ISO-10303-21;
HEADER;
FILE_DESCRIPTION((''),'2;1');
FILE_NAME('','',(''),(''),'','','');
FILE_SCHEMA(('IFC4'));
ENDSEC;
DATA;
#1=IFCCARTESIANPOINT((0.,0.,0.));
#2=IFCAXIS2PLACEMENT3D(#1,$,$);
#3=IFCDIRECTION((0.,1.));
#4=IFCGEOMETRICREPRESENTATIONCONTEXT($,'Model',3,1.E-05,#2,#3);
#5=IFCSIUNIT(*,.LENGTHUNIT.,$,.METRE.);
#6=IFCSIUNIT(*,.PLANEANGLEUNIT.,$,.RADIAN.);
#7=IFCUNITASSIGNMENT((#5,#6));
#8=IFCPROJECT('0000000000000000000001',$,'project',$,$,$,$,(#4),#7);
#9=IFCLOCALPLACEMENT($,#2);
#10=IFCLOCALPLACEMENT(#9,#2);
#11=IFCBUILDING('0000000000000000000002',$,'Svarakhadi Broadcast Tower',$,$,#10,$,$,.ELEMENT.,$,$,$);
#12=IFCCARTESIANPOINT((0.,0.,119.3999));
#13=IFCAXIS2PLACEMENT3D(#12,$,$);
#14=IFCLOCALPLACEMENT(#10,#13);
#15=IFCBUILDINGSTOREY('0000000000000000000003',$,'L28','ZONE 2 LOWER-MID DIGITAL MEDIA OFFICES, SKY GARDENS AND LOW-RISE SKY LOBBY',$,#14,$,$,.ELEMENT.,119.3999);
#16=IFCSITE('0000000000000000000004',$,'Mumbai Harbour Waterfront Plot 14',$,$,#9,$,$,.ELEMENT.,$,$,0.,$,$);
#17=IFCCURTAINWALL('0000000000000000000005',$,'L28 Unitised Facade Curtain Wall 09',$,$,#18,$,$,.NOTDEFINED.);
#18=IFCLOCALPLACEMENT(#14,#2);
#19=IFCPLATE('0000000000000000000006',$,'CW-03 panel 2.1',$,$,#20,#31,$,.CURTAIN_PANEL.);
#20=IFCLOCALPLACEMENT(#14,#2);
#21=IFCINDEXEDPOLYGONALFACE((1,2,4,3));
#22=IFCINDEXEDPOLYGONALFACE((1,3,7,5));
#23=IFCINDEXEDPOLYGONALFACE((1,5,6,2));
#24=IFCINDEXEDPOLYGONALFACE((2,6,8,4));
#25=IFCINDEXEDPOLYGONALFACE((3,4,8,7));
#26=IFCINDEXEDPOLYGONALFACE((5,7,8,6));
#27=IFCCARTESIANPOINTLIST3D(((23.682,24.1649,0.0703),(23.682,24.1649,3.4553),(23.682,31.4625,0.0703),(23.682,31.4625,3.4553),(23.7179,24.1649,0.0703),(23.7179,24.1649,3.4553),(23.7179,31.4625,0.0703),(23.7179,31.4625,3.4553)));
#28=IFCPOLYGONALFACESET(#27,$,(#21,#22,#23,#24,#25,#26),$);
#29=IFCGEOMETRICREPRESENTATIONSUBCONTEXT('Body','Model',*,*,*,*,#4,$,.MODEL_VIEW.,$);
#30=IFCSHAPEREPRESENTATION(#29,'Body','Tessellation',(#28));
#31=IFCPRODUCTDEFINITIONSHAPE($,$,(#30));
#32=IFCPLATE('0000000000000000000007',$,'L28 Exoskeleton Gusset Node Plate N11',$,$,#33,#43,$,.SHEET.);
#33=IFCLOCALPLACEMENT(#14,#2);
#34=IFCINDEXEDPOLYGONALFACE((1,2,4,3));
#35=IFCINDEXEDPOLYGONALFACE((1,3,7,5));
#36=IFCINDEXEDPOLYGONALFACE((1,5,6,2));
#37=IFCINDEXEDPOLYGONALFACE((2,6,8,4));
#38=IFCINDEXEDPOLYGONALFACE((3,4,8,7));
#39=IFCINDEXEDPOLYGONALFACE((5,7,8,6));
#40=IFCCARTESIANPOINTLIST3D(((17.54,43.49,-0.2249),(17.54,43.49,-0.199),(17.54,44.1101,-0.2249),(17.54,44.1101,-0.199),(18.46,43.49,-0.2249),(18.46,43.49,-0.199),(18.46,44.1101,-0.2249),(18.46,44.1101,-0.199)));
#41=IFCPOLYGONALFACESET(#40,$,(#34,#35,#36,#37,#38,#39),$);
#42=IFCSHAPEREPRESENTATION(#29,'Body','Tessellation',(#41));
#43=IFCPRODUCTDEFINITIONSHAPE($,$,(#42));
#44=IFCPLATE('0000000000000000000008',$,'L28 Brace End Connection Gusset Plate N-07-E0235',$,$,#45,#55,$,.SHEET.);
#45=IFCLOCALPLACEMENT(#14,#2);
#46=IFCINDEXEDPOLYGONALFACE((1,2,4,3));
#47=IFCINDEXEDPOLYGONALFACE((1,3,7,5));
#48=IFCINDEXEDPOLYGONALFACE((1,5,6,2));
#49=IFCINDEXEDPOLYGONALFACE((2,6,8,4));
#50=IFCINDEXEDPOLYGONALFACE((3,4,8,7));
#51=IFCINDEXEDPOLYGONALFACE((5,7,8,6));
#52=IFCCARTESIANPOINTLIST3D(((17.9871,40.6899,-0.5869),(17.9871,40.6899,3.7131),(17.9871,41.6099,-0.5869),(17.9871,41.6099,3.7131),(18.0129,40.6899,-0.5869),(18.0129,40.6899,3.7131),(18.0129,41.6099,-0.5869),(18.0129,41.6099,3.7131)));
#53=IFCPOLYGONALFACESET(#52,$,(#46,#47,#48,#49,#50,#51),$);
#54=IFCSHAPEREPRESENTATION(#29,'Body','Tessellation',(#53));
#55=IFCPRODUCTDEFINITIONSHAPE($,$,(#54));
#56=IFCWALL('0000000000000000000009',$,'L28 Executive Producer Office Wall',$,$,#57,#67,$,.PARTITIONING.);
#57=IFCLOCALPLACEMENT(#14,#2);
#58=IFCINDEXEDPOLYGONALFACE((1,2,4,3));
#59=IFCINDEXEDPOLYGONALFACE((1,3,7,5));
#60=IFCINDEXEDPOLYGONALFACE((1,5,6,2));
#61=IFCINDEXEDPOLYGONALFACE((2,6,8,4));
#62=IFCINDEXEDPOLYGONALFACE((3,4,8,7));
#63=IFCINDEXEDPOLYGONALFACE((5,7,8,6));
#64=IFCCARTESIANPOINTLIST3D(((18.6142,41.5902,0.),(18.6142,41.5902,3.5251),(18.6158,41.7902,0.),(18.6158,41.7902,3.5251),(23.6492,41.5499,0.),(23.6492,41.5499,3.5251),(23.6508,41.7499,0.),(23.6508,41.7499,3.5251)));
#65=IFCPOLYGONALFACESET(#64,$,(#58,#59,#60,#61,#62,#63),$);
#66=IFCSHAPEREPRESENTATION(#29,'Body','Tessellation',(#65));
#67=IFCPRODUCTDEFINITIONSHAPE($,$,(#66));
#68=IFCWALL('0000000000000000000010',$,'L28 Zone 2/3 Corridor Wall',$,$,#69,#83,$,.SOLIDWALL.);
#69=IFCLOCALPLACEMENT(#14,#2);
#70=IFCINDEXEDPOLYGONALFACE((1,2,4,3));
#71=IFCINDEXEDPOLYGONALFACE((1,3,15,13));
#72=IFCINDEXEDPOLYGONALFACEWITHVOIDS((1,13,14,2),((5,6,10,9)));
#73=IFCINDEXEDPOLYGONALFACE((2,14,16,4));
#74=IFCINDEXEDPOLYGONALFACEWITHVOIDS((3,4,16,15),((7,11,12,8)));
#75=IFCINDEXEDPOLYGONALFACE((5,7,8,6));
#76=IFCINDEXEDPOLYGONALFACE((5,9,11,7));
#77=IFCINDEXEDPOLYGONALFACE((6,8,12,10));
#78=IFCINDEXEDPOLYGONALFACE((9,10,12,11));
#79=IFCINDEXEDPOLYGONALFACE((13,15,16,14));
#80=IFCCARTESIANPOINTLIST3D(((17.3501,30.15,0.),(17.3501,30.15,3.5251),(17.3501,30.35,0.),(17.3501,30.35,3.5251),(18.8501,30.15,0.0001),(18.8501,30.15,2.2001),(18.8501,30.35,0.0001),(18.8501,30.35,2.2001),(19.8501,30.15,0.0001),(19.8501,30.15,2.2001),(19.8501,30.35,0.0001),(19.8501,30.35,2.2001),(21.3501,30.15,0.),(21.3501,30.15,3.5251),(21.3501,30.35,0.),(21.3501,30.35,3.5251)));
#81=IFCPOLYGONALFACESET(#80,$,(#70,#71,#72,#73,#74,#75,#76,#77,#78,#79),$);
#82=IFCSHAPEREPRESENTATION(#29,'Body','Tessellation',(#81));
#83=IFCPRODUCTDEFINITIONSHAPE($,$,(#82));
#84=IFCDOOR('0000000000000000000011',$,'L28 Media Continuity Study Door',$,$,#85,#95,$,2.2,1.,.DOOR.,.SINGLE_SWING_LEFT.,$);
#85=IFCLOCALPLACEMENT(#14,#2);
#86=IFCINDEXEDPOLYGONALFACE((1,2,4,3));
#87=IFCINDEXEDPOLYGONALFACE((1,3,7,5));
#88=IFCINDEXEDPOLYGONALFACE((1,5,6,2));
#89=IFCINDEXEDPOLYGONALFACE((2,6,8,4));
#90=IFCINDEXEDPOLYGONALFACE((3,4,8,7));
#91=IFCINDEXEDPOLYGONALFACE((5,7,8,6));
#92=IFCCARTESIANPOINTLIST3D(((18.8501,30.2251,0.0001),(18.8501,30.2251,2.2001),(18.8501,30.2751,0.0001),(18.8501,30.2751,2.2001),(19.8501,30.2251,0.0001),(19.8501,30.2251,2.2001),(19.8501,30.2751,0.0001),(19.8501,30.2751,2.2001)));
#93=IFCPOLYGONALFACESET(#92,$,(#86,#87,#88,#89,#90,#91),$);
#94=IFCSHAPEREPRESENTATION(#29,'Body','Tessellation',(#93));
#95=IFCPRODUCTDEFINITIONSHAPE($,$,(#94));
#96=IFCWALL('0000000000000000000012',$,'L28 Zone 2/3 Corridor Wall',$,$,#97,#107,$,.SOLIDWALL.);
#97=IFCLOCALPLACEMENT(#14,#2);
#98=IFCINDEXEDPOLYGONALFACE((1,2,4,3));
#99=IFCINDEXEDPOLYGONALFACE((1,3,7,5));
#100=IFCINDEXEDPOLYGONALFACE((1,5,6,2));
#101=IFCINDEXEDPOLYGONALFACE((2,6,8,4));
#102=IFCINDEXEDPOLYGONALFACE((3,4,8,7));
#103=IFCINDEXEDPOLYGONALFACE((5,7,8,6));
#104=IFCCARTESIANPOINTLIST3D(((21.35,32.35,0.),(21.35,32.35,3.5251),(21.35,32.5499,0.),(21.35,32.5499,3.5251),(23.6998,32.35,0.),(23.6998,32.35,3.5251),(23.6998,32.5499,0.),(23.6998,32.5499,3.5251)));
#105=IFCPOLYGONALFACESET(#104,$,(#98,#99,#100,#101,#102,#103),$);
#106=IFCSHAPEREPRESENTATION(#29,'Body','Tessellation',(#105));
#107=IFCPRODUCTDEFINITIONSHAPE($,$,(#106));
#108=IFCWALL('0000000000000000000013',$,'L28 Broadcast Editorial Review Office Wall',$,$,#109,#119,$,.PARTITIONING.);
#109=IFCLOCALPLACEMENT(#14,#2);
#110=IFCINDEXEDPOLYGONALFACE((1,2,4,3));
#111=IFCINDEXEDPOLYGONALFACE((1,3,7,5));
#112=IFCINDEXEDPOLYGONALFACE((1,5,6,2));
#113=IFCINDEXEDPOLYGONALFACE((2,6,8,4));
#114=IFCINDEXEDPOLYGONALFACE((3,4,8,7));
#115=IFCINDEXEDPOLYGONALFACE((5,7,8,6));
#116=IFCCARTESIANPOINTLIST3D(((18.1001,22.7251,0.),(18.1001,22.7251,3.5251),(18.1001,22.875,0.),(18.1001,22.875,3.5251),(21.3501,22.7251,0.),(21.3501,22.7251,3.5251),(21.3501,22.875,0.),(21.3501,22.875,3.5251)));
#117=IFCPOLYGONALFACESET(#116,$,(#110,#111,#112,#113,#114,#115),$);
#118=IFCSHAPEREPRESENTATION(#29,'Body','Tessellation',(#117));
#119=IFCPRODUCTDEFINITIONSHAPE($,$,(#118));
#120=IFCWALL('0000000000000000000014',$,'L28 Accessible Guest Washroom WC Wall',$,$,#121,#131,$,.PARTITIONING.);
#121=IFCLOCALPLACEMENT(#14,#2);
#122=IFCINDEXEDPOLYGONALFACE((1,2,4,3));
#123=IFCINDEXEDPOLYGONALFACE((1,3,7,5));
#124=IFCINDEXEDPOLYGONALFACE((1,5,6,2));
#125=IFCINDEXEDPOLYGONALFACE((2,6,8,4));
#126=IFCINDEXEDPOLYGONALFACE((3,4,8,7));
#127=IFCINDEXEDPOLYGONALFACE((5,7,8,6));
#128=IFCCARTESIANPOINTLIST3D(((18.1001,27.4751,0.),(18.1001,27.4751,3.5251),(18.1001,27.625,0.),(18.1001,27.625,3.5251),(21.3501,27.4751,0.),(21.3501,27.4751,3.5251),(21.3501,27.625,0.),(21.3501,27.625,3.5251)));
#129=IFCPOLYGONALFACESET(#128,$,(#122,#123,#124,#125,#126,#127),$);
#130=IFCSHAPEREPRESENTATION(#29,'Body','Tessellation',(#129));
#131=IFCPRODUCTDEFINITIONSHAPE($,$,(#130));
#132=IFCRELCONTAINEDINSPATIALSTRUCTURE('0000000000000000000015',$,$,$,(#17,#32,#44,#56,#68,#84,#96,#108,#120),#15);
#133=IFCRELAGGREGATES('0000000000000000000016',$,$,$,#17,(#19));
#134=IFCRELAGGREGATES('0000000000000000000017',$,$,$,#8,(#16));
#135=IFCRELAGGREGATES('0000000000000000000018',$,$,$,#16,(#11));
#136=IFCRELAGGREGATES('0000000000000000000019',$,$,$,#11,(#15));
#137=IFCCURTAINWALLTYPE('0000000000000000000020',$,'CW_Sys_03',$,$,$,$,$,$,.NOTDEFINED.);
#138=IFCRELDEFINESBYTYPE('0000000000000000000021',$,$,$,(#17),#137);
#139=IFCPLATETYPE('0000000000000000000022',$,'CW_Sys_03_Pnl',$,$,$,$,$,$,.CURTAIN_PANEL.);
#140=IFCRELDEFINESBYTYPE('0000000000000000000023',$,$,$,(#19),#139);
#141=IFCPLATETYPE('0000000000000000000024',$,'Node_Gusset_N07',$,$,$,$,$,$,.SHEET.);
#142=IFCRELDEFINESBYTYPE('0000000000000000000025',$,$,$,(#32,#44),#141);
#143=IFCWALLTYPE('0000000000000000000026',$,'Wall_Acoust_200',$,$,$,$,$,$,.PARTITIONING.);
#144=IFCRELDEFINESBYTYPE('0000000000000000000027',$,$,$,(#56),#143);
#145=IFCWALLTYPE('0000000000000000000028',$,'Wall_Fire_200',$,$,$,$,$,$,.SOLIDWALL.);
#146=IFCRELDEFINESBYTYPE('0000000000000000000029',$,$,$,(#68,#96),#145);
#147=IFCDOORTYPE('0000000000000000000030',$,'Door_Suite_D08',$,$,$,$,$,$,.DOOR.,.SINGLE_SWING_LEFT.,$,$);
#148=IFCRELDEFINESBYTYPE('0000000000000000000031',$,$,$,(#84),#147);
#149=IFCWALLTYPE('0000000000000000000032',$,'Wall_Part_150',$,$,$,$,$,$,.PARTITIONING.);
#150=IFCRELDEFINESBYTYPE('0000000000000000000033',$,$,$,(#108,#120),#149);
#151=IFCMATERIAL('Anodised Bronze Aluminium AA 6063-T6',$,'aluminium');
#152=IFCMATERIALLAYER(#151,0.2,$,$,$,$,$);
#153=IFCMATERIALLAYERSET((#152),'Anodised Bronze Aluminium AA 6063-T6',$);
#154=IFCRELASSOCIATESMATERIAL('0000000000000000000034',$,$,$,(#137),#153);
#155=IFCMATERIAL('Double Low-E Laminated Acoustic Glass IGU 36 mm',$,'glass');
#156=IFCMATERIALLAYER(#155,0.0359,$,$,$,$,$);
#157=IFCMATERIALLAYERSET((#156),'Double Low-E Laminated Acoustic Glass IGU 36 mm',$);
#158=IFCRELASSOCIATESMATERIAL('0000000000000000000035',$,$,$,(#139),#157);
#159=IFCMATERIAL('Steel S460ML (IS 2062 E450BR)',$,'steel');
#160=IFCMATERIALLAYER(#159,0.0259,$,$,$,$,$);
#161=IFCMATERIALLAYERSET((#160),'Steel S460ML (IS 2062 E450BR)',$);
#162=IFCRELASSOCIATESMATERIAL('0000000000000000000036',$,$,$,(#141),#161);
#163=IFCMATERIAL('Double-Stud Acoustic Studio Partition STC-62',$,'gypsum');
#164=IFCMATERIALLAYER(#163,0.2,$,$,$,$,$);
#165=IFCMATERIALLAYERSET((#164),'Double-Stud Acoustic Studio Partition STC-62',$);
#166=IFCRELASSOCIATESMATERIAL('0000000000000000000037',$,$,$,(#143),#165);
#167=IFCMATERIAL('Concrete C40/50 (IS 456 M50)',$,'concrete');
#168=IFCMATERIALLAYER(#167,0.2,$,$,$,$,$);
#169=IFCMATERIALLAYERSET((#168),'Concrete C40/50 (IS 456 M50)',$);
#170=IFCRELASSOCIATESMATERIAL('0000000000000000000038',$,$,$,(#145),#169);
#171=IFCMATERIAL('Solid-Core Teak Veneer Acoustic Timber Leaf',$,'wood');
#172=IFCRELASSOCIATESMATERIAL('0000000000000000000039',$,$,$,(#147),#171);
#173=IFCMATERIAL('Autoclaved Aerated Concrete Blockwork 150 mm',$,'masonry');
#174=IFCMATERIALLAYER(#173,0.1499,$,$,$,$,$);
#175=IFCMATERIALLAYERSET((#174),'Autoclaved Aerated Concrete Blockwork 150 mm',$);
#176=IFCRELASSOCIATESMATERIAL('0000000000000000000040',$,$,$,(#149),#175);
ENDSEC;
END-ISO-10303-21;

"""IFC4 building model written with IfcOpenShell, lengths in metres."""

from ifc_helpers import new_model, si_unit, direction, frame, frame_2d, origin, origin_2d, place, context, subcontext, project, spatial, rectangle, extrude, material, layer, layer_set, type_object, element, fill, aggregate, save


model = new_model("IFC4")

# Units and contexts
model_context = context("Model", 3, precision=1e-05, world=origin(), true_north=direction((0.0, 1.0)))
body_context = subcontext(model_context, "Body", "Model", "MODEL_VIEW")
ifc_project = project(units=[si_unit("LENGTHUNIT", "METRE"), si_unit("PLANEANGLEUNIT", "RADIAN")], contexts=[model_context])

# Site, building, storey
site_placement = place(None, origin())
site = spatial("IfcSite", under=ifc_project, at=site_placement, Name="Mumbai Harbour Waterfront Plot 14", CompositionType="ELEMENT", RefElevation=0.0)
building_placement = place(site_placement, origin())
building = spatial("IfcBuilding", under=site, at=building_placement, Name="Svarakhadi Broadcast Tower", CompositionType="ELEMENT")
storey_placement = place(building_placement, frame((0.0, 0.0, 119.3999)))
storey = spatial("IfcBuildingStorey", under=building, at=storey_placement, Name="L28", Description="ZONE 2 LOWER-MID DIGITAL MEDIA OFFICES, SKY GARDENS AND LOW-RISE SKY LOBBY", CompositionType="ELEMENT", Elevation=119.3999)

# Shared definitions
ifc_material_1 = material(Name="Anodised Bronze Aluminium AA 6063-T6", Category="aluminium")
ifc_layer_1 = layer(ifc_material_1, 0.2)
ifc_layer_set_1 = layer_set([ifc_layer_1], Name="Anodised Bronze Aluminium AA 6063-T6")
curtain_wall_type = type_object("IfcCurtainWallType", Name="CW_Sys_03", PredefinedType="NOTDEFINED", material=ifc_layer_set_1)

# Curtain wall
curtain_wall_1_placement = place(storey_placement, origin())
curtain_wall_1 = element("IfcCurtainWall", 1, at=curtain_wall_1_placement, inside=storey, type_object=curtain_wall_type, Name="L28 Unitised Facade Curtain Wall 09", PredefinedType="NOTDEFINED")

# Shared definitions
ifc_material_2 = material(Name="Steel S460ML (IS 2062 E450BR)", Category="steel")

# Plate
ifc_material_3 = material(Name="Double Low-E Laminated Acoustic Glass IGU 36 mm", Category="glass")
ifc_layer_2 = layer(ifc_material_3, 0.0359)
ifc_layer_set_2 = layer_set([ifc_layer_2], Name="Double Low-E Laminated Acoustic Glass IGU 36 mm")
plate_type_1 = type_object("IfcPlateType", Name="CW_Sys_03_Pnl", PredefinedType="CURTAIN_PANEL", material=ifc_layer_set_2)
plate_1_placement = place(storey_placement, frame((23.7, 27.8137, 0.0703), z_axis=(0.0, 0.0, 1.0), x_axis=(0.0, -1.0, 0.0)))
plate_1 = element("IfcPlate", 2, at=plate_1_placement, type_object=plate_type_1, Name="CW-03 panel 2.1", PredefinedType="CURTAIN_PANEL", context=body_context, shape_type="SweptSolid", body=[
    extrude(rectangle(XDim=7.2976, YDim=0.0359, at=origin_2d()), origin(), (0.0, 0.0, 1.0), 3.385),
])
aggregate(curtain_wall_1, [plate_1])

# Plates
ifc_layer_3 = layer(ifc_material_2, 0.0259)
ifc_layer_set_3 = layer_set([ifc_layer_3], Name="Steel S460ML (IS 2062 E450BR)")
plate_type_2 = type_object("IfcPlateType", Name="Node_Gusset_N07", PredefinedType="SHEET", material=ifc_layer_set_3)
plate_2_placement = place(storey_placement, frame((18.0, 43.8, -0.2249), z_axis=(0.0, 0.0, 1.0), x_axis=(1.0, 0.0, 0.0)))
element("IfcPlate", 3, at=plate_2_placement, inside=storey, type_object=plate_type_2, Name="L28 Exoskeleton Gusset Node Plate N11", PredefinedType="SHEET", context=body_context, shape_type="SweptSolid", body=[
    extrude(rectangle(XDim=0.9199, YDim=0.6201, at=origin_2d()), origin(), (0.0, 0.0, 1.0), 0.0259),
])
plate_3_placement = place(storey_placement, frame((18.0, 41.1499, -0.5869), z_axis=(0.0, 0.0, 1.0), x_axis=(0.0, 1.0, 0.0)))
element("IfcPlate", 4, at=plate_3_placement, inside=storey, type_object=plate_type_2, Name="L28 Brace End Connection Gusset Plate N-07-E0235", PredefinedType="SHEET", context=body_context, shape_type="SweptSolid", body=[
    extrude(rectangle(XDim=0.9199, YDim=0.0259, at=origin_2d()), origin(), (0.0, 0.0, 1.0), 4.3),
])

# Wall
ifc_material_4 = material(Name="Double-Stud Acoustic Studio Partition STC-62", Category="gypsum")
ifc_layer_4 = layer(ifc_material_4, 0.2)
ifc_layer_set_4 = layer_set([ifc_layer_4], Name="Double-Stud Acoustic Studio Partition STC-62")
wall_type_1 = type_object("IfcWallType", Name="Wall_Acoust_200", PredefinedType="PARTITIONING", material=ifc_layer_set_4)
wall_1_placement = place(storey_placement, frame((18.615, 41.6902, 0.0), z_axis=(0.0, 0.0, 1.0), x_axis=(0.999968, -0.008001, 0.0)))
element("IfcWall", 5, at=wall_1_placement, inside=storey, type_object=wall_type_1, Name="L28 Executive Producer Office Wall", PredefinedType="PARTITIONING", context=body_context, shape_type="SweptSolid", body=[
    extrude(rectangle(XDim=5.0352, YDim=0.2, at=frame_2d((2.5176, 0.0))), origin(), (0.0, 0.0, 1.0), 3.5251),
])

# Wall, opening, door
ifc_material_5 = material(Name="Concrete C40/50 (IS 456 M50)", Category="concrete")
ifc_layer_5 = layer(ifc_material_5, 0.2)
ifc_layer_set_5 = layer_set([ifc_layer_5], Name="Concrete C40/50 (IS 456 M50)")
wall_type_2 = type_object("IfcWallType", Name="Wall_Fire_200", PredefinedType="SOLIDWALL", material=ifc_layer_set_5)
wall_2_placement = place(storey_placement, frame((21.3501, 30.25, 0.0), z_axis=(0.0, 0.0, 1.0), x_axis=(-1.0, 0.0, 0.0)))
wall_2 = element("IfcWall", 6, at=wall_2_placement, inside=storey, type_object=wall_type_2, Name="L28 Zone 2/3 Corridor Wall", PredefinedType="SOLIDWALL", context=body_context, shape_type="SweptSolid", body=[
    extrude(rectangle(XDim=4.0, YDim=0.2, at=frame_2d((2.0, 0.0))), origin(), (0.0, 0.0, 1.0), 3.5251),
])
opening_placement = place(wall_2_placement, frame((1.5, 0.0, 0.0)))
opening = element("IfcOpeningElement", 7, at=opening_placement, cuts=wall_2, PredefinedType="OPENING", context=body_context, shape_type="SweptSolid", body=[
    extrude(rectangle(XDim=1.0, YDim=2.2, at=frame_2d((0.5, 1.1001))), frame((0.0, 0.1099, 0.0), z_axis=(0.0, -1.0, 0.0), x_axis=(1.0, 0.0, 0.0)), (0.0, 0.0, 1.0), 0.22),
])
ifc_material_6 = material(Name="Solid-Core Teak Veneer Acoustic Timber Leaf", Category="wood")
door_type = type_object("IfcDoorType", Name="Door_Suite_D08", OperationType="SINGLE_SWING_LEFT", PredefinedType="DOOR", material=ifc_material_6)
door_placement = place(opening_placement, origin())
door = element("IfcDoor", 8, at=door_placement, inside=storey, type_object=door_type, Name="L28 Media Continuity Study Door", OperationType="SINGLE_SWING_LEFT", OverallHeight=2.2, OverallWidth=1.0, PredefinedType="DOOR", context=body_context, shape_type="SweptSolid", body=[
    extrude(rectangle(XDim=1.0, YDim=2.2, at=frame_2d((0.5, 1.1001))), frame((0.0, 0.0249, 0.0), z_axis=(0.0, -1.0, 0.0), x_axis=(1.0, 0.0, 0.0)), (0.0, 0.0, 1.0), 0.05),
])
fill(opening, door)

# Walls
wall_3_placement = place(storey_placement, frame((21.3501, 32.45, 0.0), z_axis=(0.0, 0.0, 1.0), x_axis=(1.0, 0.0, 0.0)))
element("IfcWall", 9, at=wall_3_placement, inside=storey, type_object=wall_type_2, Name="L28 Zone 2/3 Corridor Wall", PredefinedType="SOLIDWALL", context=body_context, shape_type="SweptSolid", body=[
    extrude(rectangle(XDim=2.3499, YDim=0.2, at=frame_2d((1.1748, 0.0))), origin(), (0.0, 0.0, 1.0), 3.5251),
])
ifc_material_7 = material(Name="Autoclaved Aerated Concrete Blockwork 150 mm", Category="masonry")
ifc_layer_6 = layer(ifc_material_7, 0.1499)
ifc_layer_set_6 = layer_set([ifc_layer_6], Name="Autoclaved Aerated Concrete Blockwork 150 mm")
wall_type_3 = type_object("IfcWallType", Name="Wall_Part_150", PredefinedType="PARTITIONING", material=ifc_layer_set_6)
for number, where, z_axis, x_axis, name in (
    (10, (18.1001, 22.8, 0.0), (0.0, 0.0, 1.0), (1.0, 0.0, 0.0), "L28 Broadcast Editorial Review Office Wall"),
    (11, (18.1001, 27.55, 0.0), (0.0, 0.0, 1.0), (1.0, 0.0, 0.0), "L28 Accessible Guest Washroom WC Wall"),
):
    element("IfcWall", number, at=place(storey_placement, frame(where, z_axis=z_axis, x_axis=x_axis)), inside=storey, type_object=wall_type_3, Name=name, PredefinedType="PARTITIONING", context=body_context, shape_type="SweptSolid", body=[
        extrude(rectangle(XDim=3.25, YDim=0.1499, at=frame_2d((1.625, 0.0))), origin(), (0.0, 0.0, 1.0), 3.5251),
    ])

save(model, "model.ifc")
